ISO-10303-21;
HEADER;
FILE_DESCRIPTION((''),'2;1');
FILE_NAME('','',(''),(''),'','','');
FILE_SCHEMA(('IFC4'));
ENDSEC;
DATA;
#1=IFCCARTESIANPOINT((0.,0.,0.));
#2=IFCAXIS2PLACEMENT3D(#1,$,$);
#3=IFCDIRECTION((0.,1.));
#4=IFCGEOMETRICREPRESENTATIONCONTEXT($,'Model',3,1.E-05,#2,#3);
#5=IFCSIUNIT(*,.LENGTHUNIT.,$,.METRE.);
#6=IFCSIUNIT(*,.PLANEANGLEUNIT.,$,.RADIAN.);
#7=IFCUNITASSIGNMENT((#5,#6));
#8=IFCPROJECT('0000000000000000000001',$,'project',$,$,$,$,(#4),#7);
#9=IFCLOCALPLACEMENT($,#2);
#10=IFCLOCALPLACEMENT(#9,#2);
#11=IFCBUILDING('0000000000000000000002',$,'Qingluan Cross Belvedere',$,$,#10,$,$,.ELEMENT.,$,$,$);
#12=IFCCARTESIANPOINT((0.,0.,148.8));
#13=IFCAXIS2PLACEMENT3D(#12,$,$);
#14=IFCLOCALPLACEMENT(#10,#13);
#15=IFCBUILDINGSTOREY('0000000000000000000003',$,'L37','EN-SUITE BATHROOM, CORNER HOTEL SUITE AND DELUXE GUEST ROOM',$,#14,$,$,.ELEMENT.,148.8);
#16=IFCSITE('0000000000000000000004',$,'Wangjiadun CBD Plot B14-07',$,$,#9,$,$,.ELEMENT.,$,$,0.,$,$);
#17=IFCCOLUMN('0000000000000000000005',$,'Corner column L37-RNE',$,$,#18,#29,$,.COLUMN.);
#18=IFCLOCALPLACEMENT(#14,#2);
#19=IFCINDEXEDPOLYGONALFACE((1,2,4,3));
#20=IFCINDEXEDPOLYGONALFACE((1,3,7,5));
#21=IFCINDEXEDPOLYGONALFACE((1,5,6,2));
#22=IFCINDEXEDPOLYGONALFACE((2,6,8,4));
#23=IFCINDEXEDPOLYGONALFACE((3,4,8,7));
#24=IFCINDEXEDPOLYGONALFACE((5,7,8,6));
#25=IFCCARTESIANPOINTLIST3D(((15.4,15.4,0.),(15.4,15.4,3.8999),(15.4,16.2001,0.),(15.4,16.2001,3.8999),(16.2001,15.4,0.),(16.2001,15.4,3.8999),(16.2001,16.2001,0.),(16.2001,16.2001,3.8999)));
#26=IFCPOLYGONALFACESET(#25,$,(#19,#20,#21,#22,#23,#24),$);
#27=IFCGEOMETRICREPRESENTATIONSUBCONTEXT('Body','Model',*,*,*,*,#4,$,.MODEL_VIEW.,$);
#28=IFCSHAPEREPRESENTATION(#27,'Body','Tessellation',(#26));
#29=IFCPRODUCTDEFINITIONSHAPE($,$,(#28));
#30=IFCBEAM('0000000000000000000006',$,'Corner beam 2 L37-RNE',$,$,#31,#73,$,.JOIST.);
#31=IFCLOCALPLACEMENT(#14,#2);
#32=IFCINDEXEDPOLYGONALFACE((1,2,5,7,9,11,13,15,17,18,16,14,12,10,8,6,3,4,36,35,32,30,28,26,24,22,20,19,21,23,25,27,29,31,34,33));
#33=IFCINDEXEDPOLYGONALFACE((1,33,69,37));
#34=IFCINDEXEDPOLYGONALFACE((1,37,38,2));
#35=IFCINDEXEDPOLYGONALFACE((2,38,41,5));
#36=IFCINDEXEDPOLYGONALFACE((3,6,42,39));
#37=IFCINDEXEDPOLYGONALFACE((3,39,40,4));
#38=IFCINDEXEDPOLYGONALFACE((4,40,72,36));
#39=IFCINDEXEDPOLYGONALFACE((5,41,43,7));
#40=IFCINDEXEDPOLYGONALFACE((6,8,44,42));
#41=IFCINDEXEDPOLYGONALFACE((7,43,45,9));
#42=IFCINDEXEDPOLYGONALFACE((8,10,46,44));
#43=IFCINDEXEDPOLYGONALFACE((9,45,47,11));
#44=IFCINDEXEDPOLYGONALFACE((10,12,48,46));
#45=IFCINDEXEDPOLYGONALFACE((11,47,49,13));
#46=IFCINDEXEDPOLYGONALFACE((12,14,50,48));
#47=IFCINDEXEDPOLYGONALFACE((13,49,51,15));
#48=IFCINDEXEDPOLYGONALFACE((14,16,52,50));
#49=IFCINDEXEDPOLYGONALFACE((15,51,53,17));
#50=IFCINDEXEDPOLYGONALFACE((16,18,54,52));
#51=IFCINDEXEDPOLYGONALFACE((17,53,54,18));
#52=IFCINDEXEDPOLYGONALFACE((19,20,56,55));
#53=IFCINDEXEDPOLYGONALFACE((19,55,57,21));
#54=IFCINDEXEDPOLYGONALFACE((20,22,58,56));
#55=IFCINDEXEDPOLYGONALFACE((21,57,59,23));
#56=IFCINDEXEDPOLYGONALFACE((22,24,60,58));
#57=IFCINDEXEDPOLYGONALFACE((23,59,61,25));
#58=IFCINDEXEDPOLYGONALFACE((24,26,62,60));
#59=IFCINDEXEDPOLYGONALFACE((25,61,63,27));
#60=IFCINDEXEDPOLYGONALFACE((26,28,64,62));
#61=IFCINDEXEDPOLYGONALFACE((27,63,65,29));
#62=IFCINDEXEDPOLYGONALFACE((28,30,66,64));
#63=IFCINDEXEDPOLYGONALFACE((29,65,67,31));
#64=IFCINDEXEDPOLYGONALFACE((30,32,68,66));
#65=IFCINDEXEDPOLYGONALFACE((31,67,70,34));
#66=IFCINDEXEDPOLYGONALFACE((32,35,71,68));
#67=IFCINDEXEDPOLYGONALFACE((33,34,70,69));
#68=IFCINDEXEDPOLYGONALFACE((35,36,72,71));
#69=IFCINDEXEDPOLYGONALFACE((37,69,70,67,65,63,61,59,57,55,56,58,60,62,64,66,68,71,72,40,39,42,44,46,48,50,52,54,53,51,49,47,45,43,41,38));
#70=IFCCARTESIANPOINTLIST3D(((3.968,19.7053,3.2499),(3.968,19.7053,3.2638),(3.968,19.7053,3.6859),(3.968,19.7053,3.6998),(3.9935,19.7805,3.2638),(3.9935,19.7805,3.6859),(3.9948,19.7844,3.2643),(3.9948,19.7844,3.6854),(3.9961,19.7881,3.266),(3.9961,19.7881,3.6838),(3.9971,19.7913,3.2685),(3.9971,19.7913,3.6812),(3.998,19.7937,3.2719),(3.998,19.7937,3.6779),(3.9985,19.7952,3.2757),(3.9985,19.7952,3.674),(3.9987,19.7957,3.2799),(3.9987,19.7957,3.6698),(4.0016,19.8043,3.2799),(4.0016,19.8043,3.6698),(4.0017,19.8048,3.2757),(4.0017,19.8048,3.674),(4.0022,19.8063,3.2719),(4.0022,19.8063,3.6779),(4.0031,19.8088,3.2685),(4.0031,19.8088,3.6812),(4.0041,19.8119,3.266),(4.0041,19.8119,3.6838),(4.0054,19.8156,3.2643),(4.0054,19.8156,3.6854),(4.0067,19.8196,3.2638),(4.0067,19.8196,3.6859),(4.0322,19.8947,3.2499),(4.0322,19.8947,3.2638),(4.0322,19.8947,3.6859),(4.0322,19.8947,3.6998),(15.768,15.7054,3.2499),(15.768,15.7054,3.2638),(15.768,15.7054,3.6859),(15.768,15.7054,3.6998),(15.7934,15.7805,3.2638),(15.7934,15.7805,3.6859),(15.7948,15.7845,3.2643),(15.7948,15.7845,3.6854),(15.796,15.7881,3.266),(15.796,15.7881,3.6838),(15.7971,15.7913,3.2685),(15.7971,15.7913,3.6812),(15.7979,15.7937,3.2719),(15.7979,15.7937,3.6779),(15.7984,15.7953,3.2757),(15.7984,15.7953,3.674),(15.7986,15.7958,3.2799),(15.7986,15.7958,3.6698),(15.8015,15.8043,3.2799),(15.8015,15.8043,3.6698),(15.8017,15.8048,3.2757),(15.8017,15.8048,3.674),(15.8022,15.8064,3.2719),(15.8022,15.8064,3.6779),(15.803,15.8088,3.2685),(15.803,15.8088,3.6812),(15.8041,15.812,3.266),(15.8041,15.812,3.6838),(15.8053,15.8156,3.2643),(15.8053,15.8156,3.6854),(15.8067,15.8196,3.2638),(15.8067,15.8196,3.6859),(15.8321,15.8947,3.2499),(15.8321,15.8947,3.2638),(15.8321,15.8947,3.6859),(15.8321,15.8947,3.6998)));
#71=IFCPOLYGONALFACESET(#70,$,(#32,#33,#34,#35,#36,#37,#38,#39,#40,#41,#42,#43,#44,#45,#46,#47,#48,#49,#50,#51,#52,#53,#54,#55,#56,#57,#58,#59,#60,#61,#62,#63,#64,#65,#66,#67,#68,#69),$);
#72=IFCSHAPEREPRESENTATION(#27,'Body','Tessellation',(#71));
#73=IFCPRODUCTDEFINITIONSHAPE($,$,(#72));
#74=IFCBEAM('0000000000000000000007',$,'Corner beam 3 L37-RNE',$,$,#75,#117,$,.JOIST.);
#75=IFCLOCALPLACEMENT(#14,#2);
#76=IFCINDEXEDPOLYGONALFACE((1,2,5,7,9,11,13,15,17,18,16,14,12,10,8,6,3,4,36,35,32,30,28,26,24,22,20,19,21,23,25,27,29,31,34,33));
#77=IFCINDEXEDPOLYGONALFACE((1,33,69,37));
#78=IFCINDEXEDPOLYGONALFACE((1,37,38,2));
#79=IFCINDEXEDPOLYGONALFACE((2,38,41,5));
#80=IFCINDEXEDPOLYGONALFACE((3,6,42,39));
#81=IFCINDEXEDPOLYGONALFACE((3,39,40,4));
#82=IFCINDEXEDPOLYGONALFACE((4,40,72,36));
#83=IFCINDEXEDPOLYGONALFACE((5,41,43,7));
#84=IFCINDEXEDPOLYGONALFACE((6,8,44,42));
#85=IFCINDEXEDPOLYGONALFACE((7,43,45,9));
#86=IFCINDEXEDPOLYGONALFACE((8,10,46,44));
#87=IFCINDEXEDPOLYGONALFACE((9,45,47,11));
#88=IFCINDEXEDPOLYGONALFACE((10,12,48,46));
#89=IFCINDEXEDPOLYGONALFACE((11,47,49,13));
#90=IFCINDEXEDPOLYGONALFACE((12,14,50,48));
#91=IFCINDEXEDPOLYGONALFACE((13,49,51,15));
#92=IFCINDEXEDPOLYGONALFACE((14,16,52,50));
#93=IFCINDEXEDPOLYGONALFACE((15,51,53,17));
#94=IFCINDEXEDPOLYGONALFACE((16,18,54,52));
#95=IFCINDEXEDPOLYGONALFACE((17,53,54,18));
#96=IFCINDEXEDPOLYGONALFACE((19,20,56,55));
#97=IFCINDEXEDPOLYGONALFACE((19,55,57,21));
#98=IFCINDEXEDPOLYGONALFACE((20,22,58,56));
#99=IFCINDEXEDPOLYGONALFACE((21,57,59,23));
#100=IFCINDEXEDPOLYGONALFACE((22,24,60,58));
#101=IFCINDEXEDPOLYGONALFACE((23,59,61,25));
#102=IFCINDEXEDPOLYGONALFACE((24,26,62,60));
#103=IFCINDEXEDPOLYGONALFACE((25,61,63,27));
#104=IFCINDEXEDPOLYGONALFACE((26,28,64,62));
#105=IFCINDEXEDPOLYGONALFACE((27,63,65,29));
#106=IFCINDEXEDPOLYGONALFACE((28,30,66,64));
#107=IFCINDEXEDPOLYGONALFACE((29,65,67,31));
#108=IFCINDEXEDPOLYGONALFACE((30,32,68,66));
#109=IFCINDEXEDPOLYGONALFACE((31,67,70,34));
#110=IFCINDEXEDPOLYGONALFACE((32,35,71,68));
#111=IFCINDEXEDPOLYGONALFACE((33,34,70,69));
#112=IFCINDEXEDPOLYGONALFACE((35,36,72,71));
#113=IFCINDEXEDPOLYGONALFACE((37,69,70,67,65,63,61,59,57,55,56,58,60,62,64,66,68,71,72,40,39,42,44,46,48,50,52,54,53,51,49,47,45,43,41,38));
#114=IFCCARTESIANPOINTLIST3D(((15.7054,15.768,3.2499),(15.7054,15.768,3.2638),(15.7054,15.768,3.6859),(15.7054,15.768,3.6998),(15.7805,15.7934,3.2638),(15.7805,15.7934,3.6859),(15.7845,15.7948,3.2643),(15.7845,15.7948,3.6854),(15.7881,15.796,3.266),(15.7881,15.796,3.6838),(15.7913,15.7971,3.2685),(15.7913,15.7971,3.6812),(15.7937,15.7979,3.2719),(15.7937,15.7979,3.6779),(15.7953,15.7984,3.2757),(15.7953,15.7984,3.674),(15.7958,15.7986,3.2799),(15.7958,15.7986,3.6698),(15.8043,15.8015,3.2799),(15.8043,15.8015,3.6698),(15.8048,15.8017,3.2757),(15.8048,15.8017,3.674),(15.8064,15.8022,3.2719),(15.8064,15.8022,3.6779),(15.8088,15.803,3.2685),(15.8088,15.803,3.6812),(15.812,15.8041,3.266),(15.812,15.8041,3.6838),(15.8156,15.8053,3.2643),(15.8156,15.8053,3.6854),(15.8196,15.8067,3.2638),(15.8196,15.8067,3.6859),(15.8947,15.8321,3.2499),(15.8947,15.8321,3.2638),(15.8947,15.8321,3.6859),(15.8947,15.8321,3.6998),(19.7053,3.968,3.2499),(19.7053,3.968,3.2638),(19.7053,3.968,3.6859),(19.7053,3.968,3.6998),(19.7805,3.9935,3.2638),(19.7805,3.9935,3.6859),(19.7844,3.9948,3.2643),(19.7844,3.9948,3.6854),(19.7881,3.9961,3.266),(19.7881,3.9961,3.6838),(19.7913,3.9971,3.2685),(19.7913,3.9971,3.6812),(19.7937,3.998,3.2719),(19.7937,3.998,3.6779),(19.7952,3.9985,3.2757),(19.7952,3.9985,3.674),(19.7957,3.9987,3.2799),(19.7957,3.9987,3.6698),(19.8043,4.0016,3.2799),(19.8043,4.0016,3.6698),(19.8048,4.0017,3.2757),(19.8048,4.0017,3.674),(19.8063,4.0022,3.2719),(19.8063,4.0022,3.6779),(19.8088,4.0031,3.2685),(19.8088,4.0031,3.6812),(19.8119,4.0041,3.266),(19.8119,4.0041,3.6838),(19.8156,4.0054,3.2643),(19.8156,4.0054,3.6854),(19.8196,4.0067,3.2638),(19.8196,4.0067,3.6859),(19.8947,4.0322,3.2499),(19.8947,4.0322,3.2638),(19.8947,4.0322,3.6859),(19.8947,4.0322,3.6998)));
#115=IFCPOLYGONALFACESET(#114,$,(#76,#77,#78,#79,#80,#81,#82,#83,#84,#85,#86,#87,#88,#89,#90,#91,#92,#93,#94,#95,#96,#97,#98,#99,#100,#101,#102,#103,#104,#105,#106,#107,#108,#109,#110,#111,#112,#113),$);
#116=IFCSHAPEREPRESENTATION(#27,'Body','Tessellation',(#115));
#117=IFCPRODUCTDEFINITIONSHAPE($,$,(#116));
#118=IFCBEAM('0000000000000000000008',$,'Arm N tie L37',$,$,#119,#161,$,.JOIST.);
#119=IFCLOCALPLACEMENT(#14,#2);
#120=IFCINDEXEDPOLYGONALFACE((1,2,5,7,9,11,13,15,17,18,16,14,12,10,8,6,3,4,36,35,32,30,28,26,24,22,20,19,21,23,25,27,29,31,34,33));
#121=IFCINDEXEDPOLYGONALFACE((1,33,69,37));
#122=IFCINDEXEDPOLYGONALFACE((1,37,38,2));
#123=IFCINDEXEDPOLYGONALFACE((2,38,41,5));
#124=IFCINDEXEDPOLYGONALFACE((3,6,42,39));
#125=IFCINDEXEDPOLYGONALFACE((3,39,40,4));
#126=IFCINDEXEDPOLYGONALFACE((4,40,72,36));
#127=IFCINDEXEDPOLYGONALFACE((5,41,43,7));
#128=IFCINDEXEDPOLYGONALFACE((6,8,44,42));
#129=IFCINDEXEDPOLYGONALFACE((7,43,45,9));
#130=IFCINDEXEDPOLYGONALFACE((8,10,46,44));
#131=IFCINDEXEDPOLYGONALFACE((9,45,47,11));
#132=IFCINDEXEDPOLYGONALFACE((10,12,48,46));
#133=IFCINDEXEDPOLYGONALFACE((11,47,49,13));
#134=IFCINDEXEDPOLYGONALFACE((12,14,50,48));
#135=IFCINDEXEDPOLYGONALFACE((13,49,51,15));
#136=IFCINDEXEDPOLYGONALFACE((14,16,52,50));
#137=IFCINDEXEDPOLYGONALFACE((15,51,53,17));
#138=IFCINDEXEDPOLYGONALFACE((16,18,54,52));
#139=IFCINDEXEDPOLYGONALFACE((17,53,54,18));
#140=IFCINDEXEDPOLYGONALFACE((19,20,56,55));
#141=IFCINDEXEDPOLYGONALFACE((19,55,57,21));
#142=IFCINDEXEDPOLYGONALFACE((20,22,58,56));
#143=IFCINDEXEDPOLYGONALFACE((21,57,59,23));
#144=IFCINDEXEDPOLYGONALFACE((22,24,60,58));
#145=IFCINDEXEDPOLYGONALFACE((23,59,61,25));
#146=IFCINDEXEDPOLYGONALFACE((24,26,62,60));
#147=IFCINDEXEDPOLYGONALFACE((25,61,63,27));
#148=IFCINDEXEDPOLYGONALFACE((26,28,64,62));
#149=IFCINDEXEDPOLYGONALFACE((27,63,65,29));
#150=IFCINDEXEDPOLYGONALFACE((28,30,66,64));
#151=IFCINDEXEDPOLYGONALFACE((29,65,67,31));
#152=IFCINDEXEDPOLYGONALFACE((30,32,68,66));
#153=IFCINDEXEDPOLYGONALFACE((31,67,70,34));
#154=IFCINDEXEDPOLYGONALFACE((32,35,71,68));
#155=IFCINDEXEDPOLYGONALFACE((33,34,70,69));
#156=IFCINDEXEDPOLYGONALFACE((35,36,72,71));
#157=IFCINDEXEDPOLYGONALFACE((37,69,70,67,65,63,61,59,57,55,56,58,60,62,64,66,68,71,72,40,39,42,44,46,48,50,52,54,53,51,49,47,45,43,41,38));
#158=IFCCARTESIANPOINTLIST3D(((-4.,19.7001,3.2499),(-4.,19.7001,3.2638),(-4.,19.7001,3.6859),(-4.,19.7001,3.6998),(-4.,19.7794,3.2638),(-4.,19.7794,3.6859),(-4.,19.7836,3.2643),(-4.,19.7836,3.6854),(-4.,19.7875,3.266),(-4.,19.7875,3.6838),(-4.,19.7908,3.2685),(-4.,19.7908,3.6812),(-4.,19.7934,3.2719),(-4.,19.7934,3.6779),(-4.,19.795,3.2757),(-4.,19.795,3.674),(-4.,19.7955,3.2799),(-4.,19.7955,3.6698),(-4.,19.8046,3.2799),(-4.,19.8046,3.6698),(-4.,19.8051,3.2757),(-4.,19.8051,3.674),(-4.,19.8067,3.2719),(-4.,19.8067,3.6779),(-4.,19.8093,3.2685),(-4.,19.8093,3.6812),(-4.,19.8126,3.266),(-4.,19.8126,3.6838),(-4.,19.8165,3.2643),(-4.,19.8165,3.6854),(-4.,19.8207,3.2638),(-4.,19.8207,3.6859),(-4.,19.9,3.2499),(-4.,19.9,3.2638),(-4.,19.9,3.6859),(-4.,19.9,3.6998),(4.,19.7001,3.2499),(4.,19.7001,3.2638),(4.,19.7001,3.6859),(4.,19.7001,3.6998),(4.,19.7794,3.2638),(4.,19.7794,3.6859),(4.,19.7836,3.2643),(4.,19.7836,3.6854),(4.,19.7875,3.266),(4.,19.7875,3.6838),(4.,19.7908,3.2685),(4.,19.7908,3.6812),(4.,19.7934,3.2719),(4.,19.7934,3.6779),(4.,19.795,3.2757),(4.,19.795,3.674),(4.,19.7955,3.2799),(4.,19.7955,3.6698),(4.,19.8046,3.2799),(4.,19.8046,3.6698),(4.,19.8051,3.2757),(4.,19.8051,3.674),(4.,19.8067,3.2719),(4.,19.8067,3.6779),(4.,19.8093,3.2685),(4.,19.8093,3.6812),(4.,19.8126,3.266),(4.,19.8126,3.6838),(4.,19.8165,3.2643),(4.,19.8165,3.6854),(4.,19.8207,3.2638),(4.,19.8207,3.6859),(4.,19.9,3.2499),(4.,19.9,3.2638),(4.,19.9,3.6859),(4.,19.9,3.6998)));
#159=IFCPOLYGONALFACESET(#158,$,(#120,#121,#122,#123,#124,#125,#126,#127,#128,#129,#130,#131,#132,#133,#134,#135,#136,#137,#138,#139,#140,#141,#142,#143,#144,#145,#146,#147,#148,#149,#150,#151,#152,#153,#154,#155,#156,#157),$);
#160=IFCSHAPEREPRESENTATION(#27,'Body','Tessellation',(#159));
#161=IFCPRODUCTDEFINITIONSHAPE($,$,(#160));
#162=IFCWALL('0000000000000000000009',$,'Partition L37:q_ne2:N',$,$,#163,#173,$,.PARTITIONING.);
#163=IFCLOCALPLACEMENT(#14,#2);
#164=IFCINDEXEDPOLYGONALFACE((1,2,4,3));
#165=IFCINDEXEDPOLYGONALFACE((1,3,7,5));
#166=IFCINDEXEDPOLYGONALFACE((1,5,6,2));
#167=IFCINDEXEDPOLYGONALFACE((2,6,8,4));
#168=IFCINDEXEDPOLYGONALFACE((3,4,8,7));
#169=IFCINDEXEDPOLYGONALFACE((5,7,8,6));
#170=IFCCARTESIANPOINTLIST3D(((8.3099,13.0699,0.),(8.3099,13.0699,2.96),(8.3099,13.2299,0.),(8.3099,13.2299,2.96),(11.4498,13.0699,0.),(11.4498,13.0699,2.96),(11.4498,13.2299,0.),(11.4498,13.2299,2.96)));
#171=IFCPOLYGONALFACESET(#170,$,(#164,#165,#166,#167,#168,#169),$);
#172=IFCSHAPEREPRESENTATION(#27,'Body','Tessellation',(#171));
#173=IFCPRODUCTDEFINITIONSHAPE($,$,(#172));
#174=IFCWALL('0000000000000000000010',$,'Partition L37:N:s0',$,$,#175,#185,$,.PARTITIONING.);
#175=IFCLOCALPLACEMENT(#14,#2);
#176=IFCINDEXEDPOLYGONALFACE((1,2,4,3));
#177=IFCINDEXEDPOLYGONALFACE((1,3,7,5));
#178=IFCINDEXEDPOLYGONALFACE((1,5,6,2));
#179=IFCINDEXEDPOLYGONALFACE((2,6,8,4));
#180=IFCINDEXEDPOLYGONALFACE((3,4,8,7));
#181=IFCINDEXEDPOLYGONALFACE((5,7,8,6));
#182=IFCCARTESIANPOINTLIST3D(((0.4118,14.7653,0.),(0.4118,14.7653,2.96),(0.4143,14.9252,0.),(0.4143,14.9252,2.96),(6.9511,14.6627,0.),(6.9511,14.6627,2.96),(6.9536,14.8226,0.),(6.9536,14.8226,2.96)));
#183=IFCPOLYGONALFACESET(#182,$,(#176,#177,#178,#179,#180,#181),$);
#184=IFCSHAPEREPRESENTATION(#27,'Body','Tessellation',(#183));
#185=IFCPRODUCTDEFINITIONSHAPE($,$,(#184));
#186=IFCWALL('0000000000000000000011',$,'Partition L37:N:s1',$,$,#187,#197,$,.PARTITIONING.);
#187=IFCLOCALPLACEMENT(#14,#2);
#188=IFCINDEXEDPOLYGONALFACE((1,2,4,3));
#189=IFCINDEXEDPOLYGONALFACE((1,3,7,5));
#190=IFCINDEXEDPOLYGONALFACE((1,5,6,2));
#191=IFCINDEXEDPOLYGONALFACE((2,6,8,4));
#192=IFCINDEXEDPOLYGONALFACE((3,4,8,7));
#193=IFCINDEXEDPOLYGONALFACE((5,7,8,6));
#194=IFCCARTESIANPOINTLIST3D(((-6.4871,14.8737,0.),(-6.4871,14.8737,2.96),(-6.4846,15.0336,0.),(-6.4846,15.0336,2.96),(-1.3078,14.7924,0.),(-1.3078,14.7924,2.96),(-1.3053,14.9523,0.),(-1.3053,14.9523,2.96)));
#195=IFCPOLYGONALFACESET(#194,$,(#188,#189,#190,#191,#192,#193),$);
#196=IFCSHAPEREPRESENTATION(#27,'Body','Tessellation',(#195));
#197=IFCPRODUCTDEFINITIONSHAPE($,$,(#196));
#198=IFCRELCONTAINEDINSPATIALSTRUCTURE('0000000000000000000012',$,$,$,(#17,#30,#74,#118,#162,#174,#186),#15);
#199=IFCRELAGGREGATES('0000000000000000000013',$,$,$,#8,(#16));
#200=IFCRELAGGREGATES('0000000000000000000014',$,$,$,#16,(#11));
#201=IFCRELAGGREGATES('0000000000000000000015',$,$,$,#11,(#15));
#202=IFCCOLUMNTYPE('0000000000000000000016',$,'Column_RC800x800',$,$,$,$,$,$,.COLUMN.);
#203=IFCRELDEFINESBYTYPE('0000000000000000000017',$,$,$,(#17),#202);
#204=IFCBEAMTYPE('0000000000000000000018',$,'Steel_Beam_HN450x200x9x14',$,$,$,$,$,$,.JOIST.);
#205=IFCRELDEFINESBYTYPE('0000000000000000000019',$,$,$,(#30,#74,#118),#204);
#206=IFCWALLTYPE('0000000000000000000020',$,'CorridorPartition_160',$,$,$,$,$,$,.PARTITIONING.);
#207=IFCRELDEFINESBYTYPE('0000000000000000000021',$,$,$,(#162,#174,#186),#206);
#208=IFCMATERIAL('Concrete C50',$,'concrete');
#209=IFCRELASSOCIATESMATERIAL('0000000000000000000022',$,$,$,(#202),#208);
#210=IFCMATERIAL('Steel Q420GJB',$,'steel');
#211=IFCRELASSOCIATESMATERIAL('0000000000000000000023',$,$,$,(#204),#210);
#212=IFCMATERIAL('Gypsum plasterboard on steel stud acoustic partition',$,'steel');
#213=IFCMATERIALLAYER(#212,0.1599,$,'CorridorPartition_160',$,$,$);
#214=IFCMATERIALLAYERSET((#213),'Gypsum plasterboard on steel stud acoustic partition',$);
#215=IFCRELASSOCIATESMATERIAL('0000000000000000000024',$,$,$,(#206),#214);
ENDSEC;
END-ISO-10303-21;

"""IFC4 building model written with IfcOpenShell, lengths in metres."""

from ifc_helpers import new_model, si_unit, direction, frame, frame_2d, origin, origin_2d, place, context, subcontext, project, spatial, rectangle, i_section, extrude, material, layer, layer_set, material_profile, profile_set, type_object, element, save


model = new_model("IFC4")

# Units and contexts
model_context = context("Model", 3, precision=1e-05, world=origin(), true_north=direction((0.0, 1.0)))
body_context = subcontext(model_context, "Body", "Model", "MODEL_VIEW")
ifc_project = project(units=[si_unit("LENGTHUNIT", "METRE"), si_unit("PLANEANGLEUNIT", "RADIAN")], contexts=[model_context])

# Site, building, storey
site_placement = place(None, origin())
site = spatial("IfcSite", under=ifc_project, at=site_placement, Name="Wangjiadun CBD Plot B14-07", CompositionType="ELEMENT", RefElevation=0.0)
building_placement = place(site_placement, origin())
building = spatial("IfcBuilding", under=site, at=building_placement, Name="Qingluan Cross Belvedere", CompositionType="ELEMENT")
storey_placement = place(building_placement, frame((0.0, 0.0, 148.8)))
storey = spatial("IfcBuildingStorey", under=building, at=storey_placement, Name="L37", Description="EN-SUITE BATHROOM, CORNER HOTEL SUITE AND DELUXE GUEST ROOM", CompositionType="ELEMENT", Elevation=148.8)

# Column
ifc_material_1 = material(Name="Concrete C50", Category="concrete")
ifc_material_profile_1 = material_profile(ifc_material_1, rectangle(XDim=0.8, YDim=0.8, at=origin_2d()), Name="RC800x800")
ifc_profile_set_1 = profile_set([ifc_material_profile_1], Name="Concrete C50")
column_type = type_object("IfcColumnType", Name="Column_RC800x800", PredefinedType="COLUMN", material=ifc_profile_set_1)
column_placement = place(storey_placement, frame((15.8, 15.8, 0.0), z_axis=(0.0, 0.0, 1.0), x_axis=(1.0, 0.0, 0.0)))
element("IfcColumn", 1, at=column_placement, inside=storey, type_object=column_type, Name="Corner column L37-RNE", PredefinedType="COLUMN", context=body_context, shape_type="SweptSolid", body=[
    extrude(rectangle(XDim=0.8, YDim=0.8, at=origin_2d()), origin(), (0.0, 0.0, 1.0), 3.8999),
])

# Beams
ifc_material_2 = material(Name="Steel Q420GJB", Category="steel")
ifc_material_profile_2 = material_profile(ifc_material_2, i_section(OverallWidth=0.2, OverallDepth=0.45, WebThickness=0.009, FlangeThickness=0.0139, FilletRadius=0.0161, at=origin_2d()), Name="HN450x200x9x14")
ifc_profile_set_2 = profile_set([ifc_material_profile_2], Name="Steel Q420GJB")
beam_type = type_object("IfcBeamType", Name="Steel_Beam_HN450x200x9x14", PredefinedType="JOIST", material=ifc_profile_set_2)
for number, where, z_axis, x_axis, name in (
    (2, (15.8, 15.8, 3.4749), (-0.947066, 0.321038, 0.0), (-0.321038, -0.947066, 0.0), "Corner beam 2 L37-RNE"),
    (3, (15.8, 15.8, 3.4749), (0.321038, -0.947066, 0.0), (0.947066, 0.321038, 0.0), "Corner beam 3 L37-RNE"),
):
    element("IfcBeam", number, at=place(storey_placement, frame(where, z_axis=z_axis, x_axis=x_axis)), inside=storey, type_object=beam_type, Name=name, PredefinedType="JOIST", context=body_context, shape_type="SweptSolid", body=[
        extrude(i_section(OverallWidth=0.2, OverallDepth=0.45, WebThickness=0.009, FlangeThickness=0.0139, FilletRadius=0.0161, at=origin_2d()), origin(), (0.0, 0.0, 1.0), 12.4595),
    ])
beam_placement = place(storey_placement, frame((-4.0, 19.8, 3.4749), z_axis=(1.0, 0.0, 0.0), x_axis=(0.0, 1.0, 0.0)))
element("IfcBeam", 4, at=beam_placement, inside=storey, type_object=beam_type, Name="Arm N tie L37", PredefinedType="JOIST", context=body_context, shape_type="SweptSolid", body=[
    extrude(i_section(OverallWidth=0.2, OverallDepth=0.45, WebThickness=0.009, FlangeThickness=0.0139, FilletRadius=0.0161, at=origin_2d()), origin(), (0.0, 0.0, 1.0), 8.0),
])

# Wall
ifc_material_3 = material(Name="Gypsum plasterboard on steel stud acoustic partition", Category="steel")
ifc_layer_1 = layer(ifc_material_3, 0.1599, Name="CorridorPartition_160")
ifc_layer_set_1 = layer_set([ifc_layer_1], Name="Gypsum plasterboard on steel stud acoustic partition")
wall_type_1 = type_object("IfcWallType", Name="CorridorPartition_160", PredefinedType="PARTITIONING", material=ifc_layer_set_1)
wall_1_placement = place(storey_placement, frame((8.3101, 13.1499, 0.0), z_axis=(0.0, 0.0, 1.0), x_axis=(1.0, 0.0, 0.0)))
element("IfcWall", 5, at=wall_1_placement, inside=storey, type_object=wall_type_1, Name="Partition L37:q_ne2:N", PredefinedType="PARTITIONING", context=body_context, shape_type="SweptSolid", body=[
    extrude(rectangle(XDim=3.1399, YDim=0.1599, at=frame_2d((1.5698, 0.0))), origin(), (0.0, 0.0, 1.0), 2.96),
])

# Wall
wall_2_placement = place(storey_placement, frame((0.4131, 14.8452, 0.0), z_axis=(0.0, 0.0, 1.0), x_axis=(0.999877, -0.015678, 0.0)))
element("IfcWall", 6, at=wall_2_placement, inside=storey, type_object=wall_type_1, Name="Partition L37:N:s0", PredefinedType="PARTITIONING", context=body_context, shape_type="SweptSolid", body=[
    extrude(rectangle(XDim=6.54, YDim=0.1599, at=frame_2d((3.27, 0.0))), origin(), (0.0, 0.0, 1.0), 2.96),
])

# Wall
wall_3_placement = place(storey_placement, frame((-1.3066, 14.8723, 0.0), z_axis=(0.0, 0.0, 1.0), x_axis=(-0.999877, 0.015695, 0.0)))
element("IfcWall", 7, at=wall_3_placement, inside=storey, type_object=wall_type_1, Name="Partition L37:N:s1", PredefinedType="PARTITIONING", context=body_context, shape_type="SweptSolid", body=[
    extrude(rectangle(XDim=5.1799, YDim=0.1599, at=frame_2d((2.5898, 0.0))), origin(), (0.0, 0.0, 1.0), 2.96),
])

save(model, "model.ifc")
